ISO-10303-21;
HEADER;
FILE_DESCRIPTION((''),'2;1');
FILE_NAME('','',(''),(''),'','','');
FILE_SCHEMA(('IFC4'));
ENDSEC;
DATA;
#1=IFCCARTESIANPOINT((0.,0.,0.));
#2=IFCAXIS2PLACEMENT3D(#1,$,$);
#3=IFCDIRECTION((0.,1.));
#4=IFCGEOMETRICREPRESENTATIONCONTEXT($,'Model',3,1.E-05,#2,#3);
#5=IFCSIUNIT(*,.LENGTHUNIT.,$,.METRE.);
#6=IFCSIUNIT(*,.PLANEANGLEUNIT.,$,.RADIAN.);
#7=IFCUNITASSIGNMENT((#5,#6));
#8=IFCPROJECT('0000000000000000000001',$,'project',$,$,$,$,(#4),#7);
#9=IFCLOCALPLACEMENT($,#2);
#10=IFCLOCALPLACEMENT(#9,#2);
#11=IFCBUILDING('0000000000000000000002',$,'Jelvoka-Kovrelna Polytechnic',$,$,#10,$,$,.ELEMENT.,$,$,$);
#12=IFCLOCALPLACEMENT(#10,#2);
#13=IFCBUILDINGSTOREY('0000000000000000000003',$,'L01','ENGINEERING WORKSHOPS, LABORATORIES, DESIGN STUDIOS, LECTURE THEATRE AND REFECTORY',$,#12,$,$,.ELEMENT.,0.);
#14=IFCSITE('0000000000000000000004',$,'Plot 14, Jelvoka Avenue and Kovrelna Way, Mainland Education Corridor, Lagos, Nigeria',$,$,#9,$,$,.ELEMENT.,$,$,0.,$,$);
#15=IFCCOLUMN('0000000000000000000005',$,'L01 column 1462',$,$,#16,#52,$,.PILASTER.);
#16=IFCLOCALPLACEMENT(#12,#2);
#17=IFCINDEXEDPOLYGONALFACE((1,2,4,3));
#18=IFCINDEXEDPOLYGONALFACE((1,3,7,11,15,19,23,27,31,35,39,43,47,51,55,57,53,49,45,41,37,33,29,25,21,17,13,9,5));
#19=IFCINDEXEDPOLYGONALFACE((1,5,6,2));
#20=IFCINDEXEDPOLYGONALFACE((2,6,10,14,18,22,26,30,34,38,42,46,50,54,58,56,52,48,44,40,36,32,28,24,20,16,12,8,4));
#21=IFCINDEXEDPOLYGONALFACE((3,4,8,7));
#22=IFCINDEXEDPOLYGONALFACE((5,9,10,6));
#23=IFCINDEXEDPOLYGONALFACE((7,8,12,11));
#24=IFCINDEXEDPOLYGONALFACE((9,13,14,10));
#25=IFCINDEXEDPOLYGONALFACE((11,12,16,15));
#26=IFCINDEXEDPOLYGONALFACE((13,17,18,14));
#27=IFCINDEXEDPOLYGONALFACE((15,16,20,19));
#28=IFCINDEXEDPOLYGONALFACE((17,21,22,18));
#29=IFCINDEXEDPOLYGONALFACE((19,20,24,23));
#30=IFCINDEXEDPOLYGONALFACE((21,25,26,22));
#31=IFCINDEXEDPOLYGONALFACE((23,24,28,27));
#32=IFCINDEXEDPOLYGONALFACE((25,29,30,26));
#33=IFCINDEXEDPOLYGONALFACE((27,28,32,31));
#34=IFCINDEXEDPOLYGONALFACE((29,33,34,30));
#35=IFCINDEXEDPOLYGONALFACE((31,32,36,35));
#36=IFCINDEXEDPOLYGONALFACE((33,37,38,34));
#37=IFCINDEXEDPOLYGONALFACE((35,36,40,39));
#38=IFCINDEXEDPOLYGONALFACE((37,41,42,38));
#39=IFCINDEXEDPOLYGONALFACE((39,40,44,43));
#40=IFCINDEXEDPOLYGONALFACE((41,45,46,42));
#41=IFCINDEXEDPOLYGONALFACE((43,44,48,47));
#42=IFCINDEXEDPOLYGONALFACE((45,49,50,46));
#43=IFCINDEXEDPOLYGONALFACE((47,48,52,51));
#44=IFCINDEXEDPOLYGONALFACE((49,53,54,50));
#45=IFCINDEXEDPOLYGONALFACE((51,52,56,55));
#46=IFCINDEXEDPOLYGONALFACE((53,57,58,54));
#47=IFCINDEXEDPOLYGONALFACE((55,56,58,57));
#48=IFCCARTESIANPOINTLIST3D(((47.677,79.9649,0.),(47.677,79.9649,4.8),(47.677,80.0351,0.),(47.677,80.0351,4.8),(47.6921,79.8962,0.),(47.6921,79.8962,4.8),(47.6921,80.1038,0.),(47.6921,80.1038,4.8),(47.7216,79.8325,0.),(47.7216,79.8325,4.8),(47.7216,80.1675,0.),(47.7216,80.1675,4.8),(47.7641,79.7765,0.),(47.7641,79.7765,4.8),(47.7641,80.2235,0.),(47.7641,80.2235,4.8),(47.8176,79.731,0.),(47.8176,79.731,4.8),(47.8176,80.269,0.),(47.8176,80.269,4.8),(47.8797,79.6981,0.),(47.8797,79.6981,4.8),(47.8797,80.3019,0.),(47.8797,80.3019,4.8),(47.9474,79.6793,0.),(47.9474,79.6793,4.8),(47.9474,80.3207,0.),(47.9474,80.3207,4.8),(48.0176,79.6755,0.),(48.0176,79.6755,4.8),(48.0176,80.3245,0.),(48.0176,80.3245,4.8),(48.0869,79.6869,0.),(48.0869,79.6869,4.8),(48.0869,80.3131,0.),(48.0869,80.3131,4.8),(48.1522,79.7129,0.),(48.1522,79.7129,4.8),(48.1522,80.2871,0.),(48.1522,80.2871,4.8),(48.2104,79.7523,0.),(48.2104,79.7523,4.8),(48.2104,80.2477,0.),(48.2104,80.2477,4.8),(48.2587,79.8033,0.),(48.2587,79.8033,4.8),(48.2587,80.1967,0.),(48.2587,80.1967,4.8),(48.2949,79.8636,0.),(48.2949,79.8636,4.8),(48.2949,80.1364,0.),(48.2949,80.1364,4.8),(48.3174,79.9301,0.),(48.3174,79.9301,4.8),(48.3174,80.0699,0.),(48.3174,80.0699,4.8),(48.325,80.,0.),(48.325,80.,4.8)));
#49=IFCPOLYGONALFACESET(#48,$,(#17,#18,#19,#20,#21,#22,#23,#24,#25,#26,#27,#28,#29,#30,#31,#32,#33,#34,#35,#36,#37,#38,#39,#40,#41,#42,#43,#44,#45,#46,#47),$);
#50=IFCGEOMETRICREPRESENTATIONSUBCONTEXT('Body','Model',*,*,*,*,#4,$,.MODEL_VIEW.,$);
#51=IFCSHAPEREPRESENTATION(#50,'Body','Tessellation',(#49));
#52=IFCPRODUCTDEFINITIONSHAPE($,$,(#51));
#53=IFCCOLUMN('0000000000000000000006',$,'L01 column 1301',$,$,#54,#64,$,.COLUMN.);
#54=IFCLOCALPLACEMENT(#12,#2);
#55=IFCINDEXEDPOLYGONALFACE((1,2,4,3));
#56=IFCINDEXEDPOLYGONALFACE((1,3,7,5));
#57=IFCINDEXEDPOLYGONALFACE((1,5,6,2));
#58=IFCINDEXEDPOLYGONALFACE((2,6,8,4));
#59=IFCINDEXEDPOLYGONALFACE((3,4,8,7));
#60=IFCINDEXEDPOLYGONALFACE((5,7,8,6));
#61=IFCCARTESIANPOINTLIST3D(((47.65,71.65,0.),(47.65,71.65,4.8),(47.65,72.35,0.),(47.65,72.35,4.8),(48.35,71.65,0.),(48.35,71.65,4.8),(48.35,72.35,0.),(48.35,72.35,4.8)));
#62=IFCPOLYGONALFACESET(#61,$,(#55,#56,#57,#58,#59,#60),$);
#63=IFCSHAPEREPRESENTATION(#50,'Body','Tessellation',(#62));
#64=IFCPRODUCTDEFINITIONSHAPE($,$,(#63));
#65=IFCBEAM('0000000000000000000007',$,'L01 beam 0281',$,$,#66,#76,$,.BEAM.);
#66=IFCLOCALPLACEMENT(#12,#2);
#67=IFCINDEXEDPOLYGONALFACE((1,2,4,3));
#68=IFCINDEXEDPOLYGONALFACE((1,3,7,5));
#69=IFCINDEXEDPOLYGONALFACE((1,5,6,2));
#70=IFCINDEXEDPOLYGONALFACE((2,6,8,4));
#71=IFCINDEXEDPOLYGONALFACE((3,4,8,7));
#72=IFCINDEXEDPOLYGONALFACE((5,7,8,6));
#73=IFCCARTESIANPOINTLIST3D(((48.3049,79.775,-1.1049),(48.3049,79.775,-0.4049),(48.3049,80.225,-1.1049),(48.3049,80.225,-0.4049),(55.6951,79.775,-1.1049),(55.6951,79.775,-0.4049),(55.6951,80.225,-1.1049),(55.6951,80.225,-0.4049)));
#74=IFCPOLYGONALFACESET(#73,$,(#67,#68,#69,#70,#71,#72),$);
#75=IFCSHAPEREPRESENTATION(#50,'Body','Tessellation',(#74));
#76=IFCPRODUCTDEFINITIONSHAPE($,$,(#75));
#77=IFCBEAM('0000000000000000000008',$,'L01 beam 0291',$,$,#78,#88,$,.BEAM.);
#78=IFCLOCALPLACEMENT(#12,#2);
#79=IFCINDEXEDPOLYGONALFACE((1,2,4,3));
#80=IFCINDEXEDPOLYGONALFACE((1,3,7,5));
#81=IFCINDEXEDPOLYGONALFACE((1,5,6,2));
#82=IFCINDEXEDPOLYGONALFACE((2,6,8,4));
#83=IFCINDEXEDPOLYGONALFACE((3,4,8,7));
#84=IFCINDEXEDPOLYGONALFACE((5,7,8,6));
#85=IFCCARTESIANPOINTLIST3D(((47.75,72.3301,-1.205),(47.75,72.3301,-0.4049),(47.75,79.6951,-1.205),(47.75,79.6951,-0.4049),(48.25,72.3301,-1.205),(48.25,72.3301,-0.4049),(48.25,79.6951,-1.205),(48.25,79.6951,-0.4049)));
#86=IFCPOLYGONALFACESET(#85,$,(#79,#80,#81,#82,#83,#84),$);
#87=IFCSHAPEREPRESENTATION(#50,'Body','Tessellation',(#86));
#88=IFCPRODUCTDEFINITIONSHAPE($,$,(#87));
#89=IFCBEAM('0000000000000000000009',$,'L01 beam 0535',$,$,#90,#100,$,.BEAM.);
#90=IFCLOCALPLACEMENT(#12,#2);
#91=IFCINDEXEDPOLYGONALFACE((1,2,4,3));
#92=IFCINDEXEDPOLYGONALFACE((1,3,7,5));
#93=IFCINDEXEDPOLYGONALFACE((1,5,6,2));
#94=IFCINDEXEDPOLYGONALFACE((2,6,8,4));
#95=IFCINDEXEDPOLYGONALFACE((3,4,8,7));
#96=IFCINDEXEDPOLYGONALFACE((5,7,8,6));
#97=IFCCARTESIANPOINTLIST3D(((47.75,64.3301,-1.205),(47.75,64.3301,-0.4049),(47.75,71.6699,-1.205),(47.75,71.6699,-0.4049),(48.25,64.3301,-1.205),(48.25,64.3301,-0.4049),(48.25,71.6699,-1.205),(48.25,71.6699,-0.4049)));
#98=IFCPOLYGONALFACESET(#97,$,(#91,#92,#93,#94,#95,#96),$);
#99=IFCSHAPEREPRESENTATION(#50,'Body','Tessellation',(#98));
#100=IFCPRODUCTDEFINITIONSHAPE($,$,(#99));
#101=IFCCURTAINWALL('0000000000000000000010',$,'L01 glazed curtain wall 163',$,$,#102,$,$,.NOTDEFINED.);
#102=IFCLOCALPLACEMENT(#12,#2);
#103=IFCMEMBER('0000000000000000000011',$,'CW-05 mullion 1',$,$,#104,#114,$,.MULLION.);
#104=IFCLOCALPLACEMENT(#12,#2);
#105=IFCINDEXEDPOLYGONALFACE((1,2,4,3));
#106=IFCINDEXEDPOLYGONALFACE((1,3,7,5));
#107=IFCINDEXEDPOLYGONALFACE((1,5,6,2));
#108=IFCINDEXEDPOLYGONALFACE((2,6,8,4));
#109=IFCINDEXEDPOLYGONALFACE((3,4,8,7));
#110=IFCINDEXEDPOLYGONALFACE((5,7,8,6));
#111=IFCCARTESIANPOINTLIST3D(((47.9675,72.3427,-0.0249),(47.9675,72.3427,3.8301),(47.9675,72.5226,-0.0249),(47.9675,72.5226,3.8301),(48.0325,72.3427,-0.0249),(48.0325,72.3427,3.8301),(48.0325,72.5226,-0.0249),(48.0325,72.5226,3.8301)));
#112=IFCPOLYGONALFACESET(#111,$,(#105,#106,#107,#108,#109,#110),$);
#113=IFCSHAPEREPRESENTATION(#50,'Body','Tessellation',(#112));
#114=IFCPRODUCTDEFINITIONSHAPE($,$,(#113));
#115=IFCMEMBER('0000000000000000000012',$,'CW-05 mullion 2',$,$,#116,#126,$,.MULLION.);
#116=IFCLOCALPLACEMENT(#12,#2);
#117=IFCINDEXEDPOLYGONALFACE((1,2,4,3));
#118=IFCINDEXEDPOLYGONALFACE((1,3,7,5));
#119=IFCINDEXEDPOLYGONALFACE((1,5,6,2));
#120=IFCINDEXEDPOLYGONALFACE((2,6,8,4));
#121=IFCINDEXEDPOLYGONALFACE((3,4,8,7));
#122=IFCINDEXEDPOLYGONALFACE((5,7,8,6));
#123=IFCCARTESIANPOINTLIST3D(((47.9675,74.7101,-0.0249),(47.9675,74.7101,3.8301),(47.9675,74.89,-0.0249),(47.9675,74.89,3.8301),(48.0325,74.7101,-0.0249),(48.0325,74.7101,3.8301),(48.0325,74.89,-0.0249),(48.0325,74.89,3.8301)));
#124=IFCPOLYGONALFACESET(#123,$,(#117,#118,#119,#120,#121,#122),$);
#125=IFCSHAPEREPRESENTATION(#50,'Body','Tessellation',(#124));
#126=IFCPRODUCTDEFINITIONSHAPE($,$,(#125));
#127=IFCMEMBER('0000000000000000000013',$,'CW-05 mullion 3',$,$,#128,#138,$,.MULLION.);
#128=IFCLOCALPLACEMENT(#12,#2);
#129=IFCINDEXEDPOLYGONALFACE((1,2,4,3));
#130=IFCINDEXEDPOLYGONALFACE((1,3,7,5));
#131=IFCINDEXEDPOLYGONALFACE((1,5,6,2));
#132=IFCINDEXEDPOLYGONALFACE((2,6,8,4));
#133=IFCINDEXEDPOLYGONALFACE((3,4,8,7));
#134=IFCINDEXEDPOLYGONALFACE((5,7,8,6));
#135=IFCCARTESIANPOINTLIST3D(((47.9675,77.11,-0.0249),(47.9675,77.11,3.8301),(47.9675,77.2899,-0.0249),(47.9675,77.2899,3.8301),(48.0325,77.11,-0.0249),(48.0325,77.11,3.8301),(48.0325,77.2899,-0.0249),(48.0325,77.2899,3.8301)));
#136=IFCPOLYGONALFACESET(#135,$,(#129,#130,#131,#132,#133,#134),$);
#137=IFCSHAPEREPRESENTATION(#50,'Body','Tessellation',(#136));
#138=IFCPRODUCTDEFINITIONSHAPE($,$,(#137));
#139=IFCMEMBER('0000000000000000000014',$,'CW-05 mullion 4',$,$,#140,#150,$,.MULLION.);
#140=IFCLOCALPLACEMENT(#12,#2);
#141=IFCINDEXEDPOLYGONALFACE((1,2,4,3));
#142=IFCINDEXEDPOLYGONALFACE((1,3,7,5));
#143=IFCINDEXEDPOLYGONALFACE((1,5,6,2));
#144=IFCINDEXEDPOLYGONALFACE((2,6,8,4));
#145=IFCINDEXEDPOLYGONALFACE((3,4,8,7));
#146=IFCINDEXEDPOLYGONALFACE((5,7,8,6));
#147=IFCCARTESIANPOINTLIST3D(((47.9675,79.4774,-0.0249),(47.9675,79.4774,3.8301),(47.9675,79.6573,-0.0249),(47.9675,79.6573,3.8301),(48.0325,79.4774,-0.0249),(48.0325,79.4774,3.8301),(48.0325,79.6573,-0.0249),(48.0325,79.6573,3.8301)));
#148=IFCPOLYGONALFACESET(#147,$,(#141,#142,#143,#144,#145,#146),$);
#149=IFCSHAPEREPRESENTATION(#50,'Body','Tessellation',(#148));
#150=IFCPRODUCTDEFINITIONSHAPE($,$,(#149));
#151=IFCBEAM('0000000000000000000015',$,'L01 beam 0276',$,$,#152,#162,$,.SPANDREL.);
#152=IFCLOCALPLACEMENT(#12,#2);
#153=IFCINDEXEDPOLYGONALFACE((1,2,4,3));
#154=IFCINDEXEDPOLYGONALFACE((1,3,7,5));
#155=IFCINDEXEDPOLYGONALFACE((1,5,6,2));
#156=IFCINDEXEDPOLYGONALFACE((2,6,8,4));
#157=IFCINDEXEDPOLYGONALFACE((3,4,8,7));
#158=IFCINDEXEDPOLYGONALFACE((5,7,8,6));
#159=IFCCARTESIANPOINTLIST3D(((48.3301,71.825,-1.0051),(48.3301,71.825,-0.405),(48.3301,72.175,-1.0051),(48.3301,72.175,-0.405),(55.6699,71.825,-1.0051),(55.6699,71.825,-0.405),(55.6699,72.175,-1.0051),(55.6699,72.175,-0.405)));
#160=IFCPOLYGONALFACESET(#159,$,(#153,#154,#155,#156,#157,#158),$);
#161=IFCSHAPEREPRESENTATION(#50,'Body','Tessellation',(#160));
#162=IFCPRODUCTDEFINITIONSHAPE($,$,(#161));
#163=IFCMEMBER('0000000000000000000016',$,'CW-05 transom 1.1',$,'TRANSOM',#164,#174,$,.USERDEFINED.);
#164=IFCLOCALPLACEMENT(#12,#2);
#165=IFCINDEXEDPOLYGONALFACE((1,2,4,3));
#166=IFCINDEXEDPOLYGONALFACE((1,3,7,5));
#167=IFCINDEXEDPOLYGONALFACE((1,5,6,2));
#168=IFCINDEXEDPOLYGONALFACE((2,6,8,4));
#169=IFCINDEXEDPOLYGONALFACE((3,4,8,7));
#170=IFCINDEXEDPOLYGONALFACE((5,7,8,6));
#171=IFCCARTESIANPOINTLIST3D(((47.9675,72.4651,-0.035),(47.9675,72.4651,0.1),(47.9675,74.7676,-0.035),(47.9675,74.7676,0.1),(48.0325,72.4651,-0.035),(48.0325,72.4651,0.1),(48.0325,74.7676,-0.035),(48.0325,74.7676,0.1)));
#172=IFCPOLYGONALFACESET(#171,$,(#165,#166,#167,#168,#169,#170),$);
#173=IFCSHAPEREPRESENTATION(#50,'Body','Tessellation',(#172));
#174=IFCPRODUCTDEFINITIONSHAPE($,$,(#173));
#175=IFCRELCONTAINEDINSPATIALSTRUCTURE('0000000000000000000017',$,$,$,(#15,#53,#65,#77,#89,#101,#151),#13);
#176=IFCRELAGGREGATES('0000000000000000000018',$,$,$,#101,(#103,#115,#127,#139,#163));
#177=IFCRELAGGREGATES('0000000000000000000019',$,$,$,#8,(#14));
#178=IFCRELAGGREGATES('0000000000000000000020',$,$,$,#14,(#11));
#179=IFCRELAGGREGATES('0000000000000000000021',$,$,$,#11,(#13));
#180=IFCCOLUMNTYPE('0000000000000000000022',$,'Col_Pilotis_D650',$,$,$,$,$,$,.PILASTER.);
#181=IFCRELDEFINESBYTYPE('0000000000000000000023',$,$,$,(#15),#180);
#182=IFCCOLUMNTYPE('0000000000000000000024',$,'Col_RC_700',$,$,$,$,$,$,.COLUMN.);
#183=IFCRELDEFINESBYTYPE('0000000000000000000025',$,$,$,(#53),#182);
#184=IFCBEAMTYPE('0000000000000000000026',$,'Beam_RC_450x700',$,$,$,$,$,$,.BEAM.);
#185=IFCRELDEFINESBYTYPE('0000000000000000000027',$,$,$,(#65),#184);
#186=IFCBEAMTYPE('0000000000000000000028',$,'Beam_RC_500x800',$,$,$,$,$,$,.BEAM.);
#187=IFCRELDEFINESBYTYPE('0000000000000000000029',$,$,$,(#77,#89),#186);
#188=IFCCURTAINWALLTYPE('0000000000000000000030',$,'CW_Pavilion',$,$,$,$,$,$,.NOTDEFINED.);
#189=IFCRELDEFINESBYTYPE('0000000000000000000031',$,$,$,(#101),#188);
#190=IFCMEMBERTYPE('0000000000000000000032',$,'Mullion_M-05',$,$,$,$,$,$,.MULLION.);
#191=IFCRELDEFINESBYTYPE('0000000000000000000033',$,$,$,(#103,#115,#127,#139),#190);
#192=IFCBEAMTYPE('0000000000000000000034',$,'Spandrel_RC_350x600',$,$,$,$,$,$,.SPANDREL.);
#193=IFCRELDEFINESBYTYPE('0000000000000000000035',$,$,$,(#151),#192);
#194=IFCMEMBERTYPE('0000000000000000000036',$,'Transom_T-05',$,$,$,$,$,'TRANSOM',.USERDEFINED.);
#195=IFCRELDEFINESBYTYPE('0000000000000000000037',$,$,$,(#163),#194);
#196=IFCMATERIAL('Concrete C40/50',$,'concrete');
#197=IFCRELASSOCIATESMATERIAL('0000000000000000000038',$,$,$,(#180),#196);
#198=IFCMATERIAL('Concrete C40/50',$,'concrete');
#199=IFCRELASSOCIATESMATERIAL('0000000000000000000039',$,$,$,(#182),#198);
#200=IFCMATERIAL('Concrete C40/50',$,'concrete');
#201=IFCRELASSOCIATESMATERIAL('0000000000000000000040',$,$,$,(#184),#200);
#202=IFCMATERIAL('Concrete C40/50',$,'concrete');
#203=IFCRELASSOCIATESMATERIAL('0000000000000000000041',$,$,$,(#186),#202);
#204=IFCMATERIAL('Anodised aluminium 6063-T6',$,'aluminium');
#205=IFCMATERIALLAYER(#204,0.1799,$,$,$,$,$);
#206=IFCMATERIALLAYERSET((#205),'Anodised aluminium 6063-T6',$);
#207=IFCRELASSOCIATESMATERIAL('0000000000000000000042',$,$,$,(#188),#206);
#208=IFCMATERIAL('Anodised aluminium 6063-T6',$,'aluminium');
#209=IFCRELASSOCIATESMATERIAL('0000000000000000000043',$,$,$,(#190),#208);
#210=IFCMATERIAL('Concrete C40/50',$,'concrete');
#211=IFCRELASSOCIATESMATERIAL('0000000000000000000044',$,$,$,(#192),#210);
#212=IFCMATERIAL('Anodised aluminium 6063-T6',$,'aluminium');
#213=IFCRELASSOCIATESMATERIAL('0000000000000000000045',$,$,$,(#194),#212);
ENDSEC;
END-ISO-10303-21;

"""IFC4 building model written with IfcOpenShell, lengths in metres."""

from ifc_helpers import new_model, si_unit, direction, frame, origin, origin_2d, place, context, subcontext, project, spatial, rectangle, circle, extrude, material, layer, layer_set, material_profile, profile_set, type_object, element, aggregate, save


model = new_model("IFC4")

# Units and contexts
model_context = context("Model", 3, precision=1e-05, world=origin(), true_north=direction((0.0, 1.0)))
body_context = subcontext(model_context, "Body", "Model", "MODEL_VIEW")
ifc_project = project(units=[si_unit("LENGTHUNIT", "METRE"), si_unit("PLANEANGLEUNIT", "RADIAN")], contexts=[model_context])

# Site, building, storey
site_placement = place(None, origin())
site = spatial("IfcSite", under=ifc_project, at=site_placement, Name="Plot 14, Jelvoka Avenue and Kovrelna Way, Mainland Education Corridor, Lagos, Nigeria", CompositionType="ELEMENT", RefElevation=0.0)
building_placement = place(site_placement, origin())
building = spatial("IfcBuilding", under=site, at=building_placement, Name="Jelvoka-Kovrelna Polytechnic", CompositionType="ELEMENT")
storey_placement = place(building_placement, origin())
storey = spatial("IfcBuildingStorey", under=building, at=storey_placement, Name="L01", Description="ENGINEERING WORKSHOPS, LABORATORIES, DESIGN STUDIOS, LECTURE THEATRE AND REFECTORY", CompositionType="ELEMENT", Elevation=0.0)

# Columns
ifc_material_1 = material(Name="Concrete C40/50", Category="concrete")
ifc_material_profile_1 = material_profile(ifc_material_1, circle(Radius=0.325, at=origin_2d()), Name="RC D650")
ifc_profile_set_1 = profile_set([ifc_material_profile_1], Name="Concrete C40/50")
column_type_1 = type_object("IfcColumnType", Name="Col_Pilotis_D650", PredefinedType="PILASTER", material=ifc_profile_set_1)
column_1_placement = place(storey_placement, frame((48.0, 80.0, 0.0), z_axis=(0.0, 0.0, 1.0), x_axis=(1.0, 0.0, 0.0)))
element("IfcColumn", 1, at=column_1_placement, inside=storey, type_object=column_type_1, Name="L01 column 1462", PredefinedType="PILASTER", context=body_context, shape_type="SweptSolid", body=[
    extrude(circle(Radius=0.325, at=origin_2d()), origin(), (0.0, 0.0, 1.0), 4.8),
])
ifc_material_2 = material(Name="Concrete C40/50", Category="concrete")
ifc_material_profile_2 = material_profile(ifc_material_2, rectangle(XDim=0.7, YDim=0.7, at=origin_2d()), Name="RC 700x700")
ifc_profile_set_2 = profile_set([ifc_material_profile_2], Name="Concrete C40/50")
column_type_2 = type_object("IfcColumnType", Name="Col_RC_700", PredefinedType="COLUMN", material=ifc_profile_set_2)
column_2_placement = place(storey_placement, frame((48.0, 72.0, 0.0), z_axis=(0.0, 0.0, 1.0), x_axis=(1.0, 0.0, 0.0)))
element("IfcColumn", 2, at=column_2_placement, inside=storey, type_object=column_type_2, Name="L01 column 1301", PredefinedType="COLUMN", context=body_context, shape_type="SweptSolid", body=[
    extrude(rectangle(XDim=0.7, YDim=0.7, at=origin_2d()), origin(), (0.0, 0.0, 1.0), 4.8),
])

# Beams
ifc_material_3 = material(Name="Concrete C40/50", Category="concrete")
ifc_material_profile_3 = material_profile(ifc_material_3, rectangle(XDim=0.45, YDim=0.7, at=origin_2d()), Name="RC 450x700")
ifc_profile_set_3 = profile_set([ifc_material_profile_3], Name="Concrete C40/50")
beam_type_1 = type_object("IfcBeamType", Name="Beam_RC_450x700", PredefinedType="BEAM", material=ifc_profile_set_3)
beam_1_placement = place(storey_placement, frame((48.3049, 80.0, -0.7549), z_axis=(1.0, 0.0, 0.0), x_axis=(0.0, 1.0, 0.0)))
element("IfcBeam", 3, at=beam_1_placement, inside=storey, type_object=beam_type_1, Name="L01 beam 0281", PredefinedType="BEAM", context=body_context, shape_type="SweptSolid", body=[
    extrude(rectangle(XDim=0.45, YDim=0.7, at=origin_2d()), origin(), (0.0, 0.0, 1.0), 7.3901),
])
ifc_material_4 = material(Name="Concrete C40/50", Category="concrete")
ifc_material_profile_4 = material_profile(ifc_material_4, rectangle(XDim=0.5, YDim=0.8, at=origin_2d()), Name="RC 500x800")
ifc_profile_set_4 = profile_set([ifc_material_profile_4], Name="Concrete C40/50")
beam_type_2 = type_object("IfcBeamType", Name="Beam_RC_500x800", PredefinedType="BEAM", material=ifc_profile_set_4)
beam_2_placement = place(storey_placement, frame((48.0, 72.3301, -0.8049), z_axis=(0.0, 1.0, 0.0), x_axis=(-1.0, 0.0, 0.0)))
element("IfcBeam", 4, at=beam_2_placement, inside=storey, type_object=beam_type_2, Name="L01 beam 0291", PredefinedType="BEAM", context=body_context, shape_type="SweptSolid", body=[
    extrude(rectangle(XDim=0.5, YDim=0.8, at=origin_2d()), origin(), (0.0, 0.0, 1.0), 7.365),
])
beam_3_placement = place(storey_placement, frame((48.0, 64.3301, -0.8049), z_axis=(0.0, 1.0, 0.0), x_axis=(-1.0, 0.0, 0.0)))
element("IfcBeam", 5, at=beam_3_placement, inside=storey, type_object=beam_type_2, Name="L01 beam 0535", PredefinedType="BEAM", context=body_context, shape_type="SweptSolid", body=[
    extrude(rectangle(XDim=0.5, YDim=0.8, at=origin_2d()), origin(), (0.0, 0.0, 1.0), 7.3398),
])

# Curtain wall, members
ifc_material_5 = material(Name="Anodised aluminium 6063-T6", Category="aluminium")
ifc_layer_1 = layer(ifc_material_5, 0.1799)
ifc_layer_set_1 = layer_set([ifc_layer_1], Name="Anodised aluminium 6063-T6")
curtain_wall_type = type_object("IfcCurtainWallType", Name="CW_Pavilion", PredefinedType="NOTDEFINED", material=ifc_layer_set_1)
curtain_wall_placement = place(storey_placement, origin())
curtain_wall = element("IfcCurtainWall", 6, at=curtain_wall_placement, inside=storey, type_object=curtain_wall_type, Name="L01 glazed curtain wall 163", PredefinedType="NOTDEFINED")
ifc_material_6 = material(Name="Anodised aluminium 6063-T6", Category="aluminium")
ifc_material_profile_5 = material_profile(ifc_material_6, rectangle(XDim=0.0649, YDim=0.1799, at=origin_2d()), Name="ALU 65x180")
ifc_profile_set_5 = profile_set([ifc_material_profile_5], Name="Anodised aluminium 6063-T6")
member_type_1 = type_object("IfcMemberType", Name="Mullion_M-05", PredefinedType="MULLION", material=ifc_profile_set_5)
member_1_placement = place(storey_placement, frame((48.0, 72.4326, -0.0249), z_axis=(0.0, 0.0, 1.0), x_axis=(-1.0, 0.0, 0.0)))
member_1 = element("IfcMember", 7, at=member_1_placement, type_object=member_type_1, Name="CW-05 mullion 1", PredefinedType="MULLION", context=body_context, shape_type="SweptSolid", body=[
    extrude(rectangle(XDim=0.0649, YDim=0.1799, at=origin_2d()), origin(), (0.0, 0.0, 1.0), 3.855),
])
member_2_placement = place(storey_placement, frame((48.0, 74.8, -0.0249), z_axis=(0.0, 0.0, 1.0), x_axis=(-1.0, 0.0, 0.0)))
member_2 = element("IfcMember", 8, at=member_2_placement, type_object=member_type_1, Name="CW-05 mullion 2", PredefinedType="MULLION", context=body_context, shape_type="SweptSolid", body=[
    extrude(rectangle(XDim=0.0649, YDim=0.1799, at=origin_2d()), origin(), (0.0, 0.0, 1.0), 3.855),
])
member_3_placement = place(storey_placement, frame((48.0, 77.2, -0.0249), z_axis=(0.0, 0.0, 1.0), x_axis=(-1.0, 0.0, 0.0)))
member_3 = element("IfcMember", 9, at=member_3_placement, type_object=member_type_1, Name="CW-05 mullion 3", PredefinedType="MULLION", context=body_context, shape_type="SweptSolid", body=[
    extrude(rectangle(XDim=0.0649, YDim=0.1799, at=origin_2d()), origin(), (0.0, 0.0, 1.0), 3.855),
])
member_4_placement = place(storey_placement, frame((48.0, 79.5674, -0.0249), z_axis=(0.0, 0.0, 1.0), x_axis=(-1.0, 0.0, 0.0)))
member_4 = element("IfcMember", 10, at=member_4_placement, type_object=member_type_1, Name="CW-05 mullion 4", PredefinedType="MULLION", context=body_context, shape_type="SweptSolid", body=[
    extrude(rectangle(XDim=0.0649, YDim=0.1799, at=origin_2d()), origin(), (0.0, 0.0, 1.0), 3.855),
])

# Beam
ifc_material_7 = material(Name="Concrete C40/50", Category="concrete")
ifc_material_profile_6 = material_profile(ifc_material_7, rectangle(XDim=0.3501, YDim=0.6001, at=origin_2d()), Name="RC 350x600")
ifc_profile_set_6 = profile_set([ifc_material_profile_6], Name="Concrete C40/50")
beam_type_3 = type_object("IfcBeamType", Name="Spandrel_RC_350x600", PredefinedType="SPANDREL", material=ifc_profile_set_6)
beam_4_placement = place(storey_placement, frame((48.3301, 72.0, -0.7051), z_axis=(1.0, 0.0, 0.0), x_axis=(0.0, 1.0, 0.0)))
element("IfcBeam", 11, at=beam_4_placement, inside=storey, type_object=beam_type_3, Name="L01 beam 0276", PredefinedType="SPANDREL", context=body_context, shape_type="SweptSolid", body=[
    extrude(rectangle(XDim=0.3501, YDim=0.6001, at=origin_2d()), origin(), (0.0, 0.0, 1.0), 7.3398),
])

# Member
ifc_material_8 = material(Name="Anodised aluminium 6063-T6", Category="aluminium")
ifc_material_profile_7 = material_profile(ifc_material_8, rectangle(XDim=0.0649, YDim=0.135, at=origin_2d()), Name="ALU 65x135")
ifc_profile_set_7 = profile_set([ifc_material_profile_7], Name="Anodised aluminium 6063-T6")
member_type_2 = type_object("IfcMemberType", Name="Transom_T-05", ElementType="TRANSOM", PredefinedType="USERDEFINED", material=ifc_profile_set_7)
member_5_placement = place(storey_placement, frame((48.0, 72.4651, 0.0325), z_axis=(0.0, 1.0, 0.0), x_axis=(-1.0, 0.0, 0.0)))
member_5 = element("IfcMember", 12, at=member_5_placement, type_object=member_type_2, Name="CW-05 transom 1.1", ObjectType="TRANSOM", PredefinedType="USERDEFINED", context=body_context, shape_type="SweptSolid", body=[
    extrude(rectangle(XDim=0.0649, YDim=0.135, at=origin_2d()), origin(), (0.0, 0.0, 1.0), 2.3025),
])

aggregate(curtain_wall, [member_1, member_2, member_3, member_4, member_5])

save(model, "model.ifc")
